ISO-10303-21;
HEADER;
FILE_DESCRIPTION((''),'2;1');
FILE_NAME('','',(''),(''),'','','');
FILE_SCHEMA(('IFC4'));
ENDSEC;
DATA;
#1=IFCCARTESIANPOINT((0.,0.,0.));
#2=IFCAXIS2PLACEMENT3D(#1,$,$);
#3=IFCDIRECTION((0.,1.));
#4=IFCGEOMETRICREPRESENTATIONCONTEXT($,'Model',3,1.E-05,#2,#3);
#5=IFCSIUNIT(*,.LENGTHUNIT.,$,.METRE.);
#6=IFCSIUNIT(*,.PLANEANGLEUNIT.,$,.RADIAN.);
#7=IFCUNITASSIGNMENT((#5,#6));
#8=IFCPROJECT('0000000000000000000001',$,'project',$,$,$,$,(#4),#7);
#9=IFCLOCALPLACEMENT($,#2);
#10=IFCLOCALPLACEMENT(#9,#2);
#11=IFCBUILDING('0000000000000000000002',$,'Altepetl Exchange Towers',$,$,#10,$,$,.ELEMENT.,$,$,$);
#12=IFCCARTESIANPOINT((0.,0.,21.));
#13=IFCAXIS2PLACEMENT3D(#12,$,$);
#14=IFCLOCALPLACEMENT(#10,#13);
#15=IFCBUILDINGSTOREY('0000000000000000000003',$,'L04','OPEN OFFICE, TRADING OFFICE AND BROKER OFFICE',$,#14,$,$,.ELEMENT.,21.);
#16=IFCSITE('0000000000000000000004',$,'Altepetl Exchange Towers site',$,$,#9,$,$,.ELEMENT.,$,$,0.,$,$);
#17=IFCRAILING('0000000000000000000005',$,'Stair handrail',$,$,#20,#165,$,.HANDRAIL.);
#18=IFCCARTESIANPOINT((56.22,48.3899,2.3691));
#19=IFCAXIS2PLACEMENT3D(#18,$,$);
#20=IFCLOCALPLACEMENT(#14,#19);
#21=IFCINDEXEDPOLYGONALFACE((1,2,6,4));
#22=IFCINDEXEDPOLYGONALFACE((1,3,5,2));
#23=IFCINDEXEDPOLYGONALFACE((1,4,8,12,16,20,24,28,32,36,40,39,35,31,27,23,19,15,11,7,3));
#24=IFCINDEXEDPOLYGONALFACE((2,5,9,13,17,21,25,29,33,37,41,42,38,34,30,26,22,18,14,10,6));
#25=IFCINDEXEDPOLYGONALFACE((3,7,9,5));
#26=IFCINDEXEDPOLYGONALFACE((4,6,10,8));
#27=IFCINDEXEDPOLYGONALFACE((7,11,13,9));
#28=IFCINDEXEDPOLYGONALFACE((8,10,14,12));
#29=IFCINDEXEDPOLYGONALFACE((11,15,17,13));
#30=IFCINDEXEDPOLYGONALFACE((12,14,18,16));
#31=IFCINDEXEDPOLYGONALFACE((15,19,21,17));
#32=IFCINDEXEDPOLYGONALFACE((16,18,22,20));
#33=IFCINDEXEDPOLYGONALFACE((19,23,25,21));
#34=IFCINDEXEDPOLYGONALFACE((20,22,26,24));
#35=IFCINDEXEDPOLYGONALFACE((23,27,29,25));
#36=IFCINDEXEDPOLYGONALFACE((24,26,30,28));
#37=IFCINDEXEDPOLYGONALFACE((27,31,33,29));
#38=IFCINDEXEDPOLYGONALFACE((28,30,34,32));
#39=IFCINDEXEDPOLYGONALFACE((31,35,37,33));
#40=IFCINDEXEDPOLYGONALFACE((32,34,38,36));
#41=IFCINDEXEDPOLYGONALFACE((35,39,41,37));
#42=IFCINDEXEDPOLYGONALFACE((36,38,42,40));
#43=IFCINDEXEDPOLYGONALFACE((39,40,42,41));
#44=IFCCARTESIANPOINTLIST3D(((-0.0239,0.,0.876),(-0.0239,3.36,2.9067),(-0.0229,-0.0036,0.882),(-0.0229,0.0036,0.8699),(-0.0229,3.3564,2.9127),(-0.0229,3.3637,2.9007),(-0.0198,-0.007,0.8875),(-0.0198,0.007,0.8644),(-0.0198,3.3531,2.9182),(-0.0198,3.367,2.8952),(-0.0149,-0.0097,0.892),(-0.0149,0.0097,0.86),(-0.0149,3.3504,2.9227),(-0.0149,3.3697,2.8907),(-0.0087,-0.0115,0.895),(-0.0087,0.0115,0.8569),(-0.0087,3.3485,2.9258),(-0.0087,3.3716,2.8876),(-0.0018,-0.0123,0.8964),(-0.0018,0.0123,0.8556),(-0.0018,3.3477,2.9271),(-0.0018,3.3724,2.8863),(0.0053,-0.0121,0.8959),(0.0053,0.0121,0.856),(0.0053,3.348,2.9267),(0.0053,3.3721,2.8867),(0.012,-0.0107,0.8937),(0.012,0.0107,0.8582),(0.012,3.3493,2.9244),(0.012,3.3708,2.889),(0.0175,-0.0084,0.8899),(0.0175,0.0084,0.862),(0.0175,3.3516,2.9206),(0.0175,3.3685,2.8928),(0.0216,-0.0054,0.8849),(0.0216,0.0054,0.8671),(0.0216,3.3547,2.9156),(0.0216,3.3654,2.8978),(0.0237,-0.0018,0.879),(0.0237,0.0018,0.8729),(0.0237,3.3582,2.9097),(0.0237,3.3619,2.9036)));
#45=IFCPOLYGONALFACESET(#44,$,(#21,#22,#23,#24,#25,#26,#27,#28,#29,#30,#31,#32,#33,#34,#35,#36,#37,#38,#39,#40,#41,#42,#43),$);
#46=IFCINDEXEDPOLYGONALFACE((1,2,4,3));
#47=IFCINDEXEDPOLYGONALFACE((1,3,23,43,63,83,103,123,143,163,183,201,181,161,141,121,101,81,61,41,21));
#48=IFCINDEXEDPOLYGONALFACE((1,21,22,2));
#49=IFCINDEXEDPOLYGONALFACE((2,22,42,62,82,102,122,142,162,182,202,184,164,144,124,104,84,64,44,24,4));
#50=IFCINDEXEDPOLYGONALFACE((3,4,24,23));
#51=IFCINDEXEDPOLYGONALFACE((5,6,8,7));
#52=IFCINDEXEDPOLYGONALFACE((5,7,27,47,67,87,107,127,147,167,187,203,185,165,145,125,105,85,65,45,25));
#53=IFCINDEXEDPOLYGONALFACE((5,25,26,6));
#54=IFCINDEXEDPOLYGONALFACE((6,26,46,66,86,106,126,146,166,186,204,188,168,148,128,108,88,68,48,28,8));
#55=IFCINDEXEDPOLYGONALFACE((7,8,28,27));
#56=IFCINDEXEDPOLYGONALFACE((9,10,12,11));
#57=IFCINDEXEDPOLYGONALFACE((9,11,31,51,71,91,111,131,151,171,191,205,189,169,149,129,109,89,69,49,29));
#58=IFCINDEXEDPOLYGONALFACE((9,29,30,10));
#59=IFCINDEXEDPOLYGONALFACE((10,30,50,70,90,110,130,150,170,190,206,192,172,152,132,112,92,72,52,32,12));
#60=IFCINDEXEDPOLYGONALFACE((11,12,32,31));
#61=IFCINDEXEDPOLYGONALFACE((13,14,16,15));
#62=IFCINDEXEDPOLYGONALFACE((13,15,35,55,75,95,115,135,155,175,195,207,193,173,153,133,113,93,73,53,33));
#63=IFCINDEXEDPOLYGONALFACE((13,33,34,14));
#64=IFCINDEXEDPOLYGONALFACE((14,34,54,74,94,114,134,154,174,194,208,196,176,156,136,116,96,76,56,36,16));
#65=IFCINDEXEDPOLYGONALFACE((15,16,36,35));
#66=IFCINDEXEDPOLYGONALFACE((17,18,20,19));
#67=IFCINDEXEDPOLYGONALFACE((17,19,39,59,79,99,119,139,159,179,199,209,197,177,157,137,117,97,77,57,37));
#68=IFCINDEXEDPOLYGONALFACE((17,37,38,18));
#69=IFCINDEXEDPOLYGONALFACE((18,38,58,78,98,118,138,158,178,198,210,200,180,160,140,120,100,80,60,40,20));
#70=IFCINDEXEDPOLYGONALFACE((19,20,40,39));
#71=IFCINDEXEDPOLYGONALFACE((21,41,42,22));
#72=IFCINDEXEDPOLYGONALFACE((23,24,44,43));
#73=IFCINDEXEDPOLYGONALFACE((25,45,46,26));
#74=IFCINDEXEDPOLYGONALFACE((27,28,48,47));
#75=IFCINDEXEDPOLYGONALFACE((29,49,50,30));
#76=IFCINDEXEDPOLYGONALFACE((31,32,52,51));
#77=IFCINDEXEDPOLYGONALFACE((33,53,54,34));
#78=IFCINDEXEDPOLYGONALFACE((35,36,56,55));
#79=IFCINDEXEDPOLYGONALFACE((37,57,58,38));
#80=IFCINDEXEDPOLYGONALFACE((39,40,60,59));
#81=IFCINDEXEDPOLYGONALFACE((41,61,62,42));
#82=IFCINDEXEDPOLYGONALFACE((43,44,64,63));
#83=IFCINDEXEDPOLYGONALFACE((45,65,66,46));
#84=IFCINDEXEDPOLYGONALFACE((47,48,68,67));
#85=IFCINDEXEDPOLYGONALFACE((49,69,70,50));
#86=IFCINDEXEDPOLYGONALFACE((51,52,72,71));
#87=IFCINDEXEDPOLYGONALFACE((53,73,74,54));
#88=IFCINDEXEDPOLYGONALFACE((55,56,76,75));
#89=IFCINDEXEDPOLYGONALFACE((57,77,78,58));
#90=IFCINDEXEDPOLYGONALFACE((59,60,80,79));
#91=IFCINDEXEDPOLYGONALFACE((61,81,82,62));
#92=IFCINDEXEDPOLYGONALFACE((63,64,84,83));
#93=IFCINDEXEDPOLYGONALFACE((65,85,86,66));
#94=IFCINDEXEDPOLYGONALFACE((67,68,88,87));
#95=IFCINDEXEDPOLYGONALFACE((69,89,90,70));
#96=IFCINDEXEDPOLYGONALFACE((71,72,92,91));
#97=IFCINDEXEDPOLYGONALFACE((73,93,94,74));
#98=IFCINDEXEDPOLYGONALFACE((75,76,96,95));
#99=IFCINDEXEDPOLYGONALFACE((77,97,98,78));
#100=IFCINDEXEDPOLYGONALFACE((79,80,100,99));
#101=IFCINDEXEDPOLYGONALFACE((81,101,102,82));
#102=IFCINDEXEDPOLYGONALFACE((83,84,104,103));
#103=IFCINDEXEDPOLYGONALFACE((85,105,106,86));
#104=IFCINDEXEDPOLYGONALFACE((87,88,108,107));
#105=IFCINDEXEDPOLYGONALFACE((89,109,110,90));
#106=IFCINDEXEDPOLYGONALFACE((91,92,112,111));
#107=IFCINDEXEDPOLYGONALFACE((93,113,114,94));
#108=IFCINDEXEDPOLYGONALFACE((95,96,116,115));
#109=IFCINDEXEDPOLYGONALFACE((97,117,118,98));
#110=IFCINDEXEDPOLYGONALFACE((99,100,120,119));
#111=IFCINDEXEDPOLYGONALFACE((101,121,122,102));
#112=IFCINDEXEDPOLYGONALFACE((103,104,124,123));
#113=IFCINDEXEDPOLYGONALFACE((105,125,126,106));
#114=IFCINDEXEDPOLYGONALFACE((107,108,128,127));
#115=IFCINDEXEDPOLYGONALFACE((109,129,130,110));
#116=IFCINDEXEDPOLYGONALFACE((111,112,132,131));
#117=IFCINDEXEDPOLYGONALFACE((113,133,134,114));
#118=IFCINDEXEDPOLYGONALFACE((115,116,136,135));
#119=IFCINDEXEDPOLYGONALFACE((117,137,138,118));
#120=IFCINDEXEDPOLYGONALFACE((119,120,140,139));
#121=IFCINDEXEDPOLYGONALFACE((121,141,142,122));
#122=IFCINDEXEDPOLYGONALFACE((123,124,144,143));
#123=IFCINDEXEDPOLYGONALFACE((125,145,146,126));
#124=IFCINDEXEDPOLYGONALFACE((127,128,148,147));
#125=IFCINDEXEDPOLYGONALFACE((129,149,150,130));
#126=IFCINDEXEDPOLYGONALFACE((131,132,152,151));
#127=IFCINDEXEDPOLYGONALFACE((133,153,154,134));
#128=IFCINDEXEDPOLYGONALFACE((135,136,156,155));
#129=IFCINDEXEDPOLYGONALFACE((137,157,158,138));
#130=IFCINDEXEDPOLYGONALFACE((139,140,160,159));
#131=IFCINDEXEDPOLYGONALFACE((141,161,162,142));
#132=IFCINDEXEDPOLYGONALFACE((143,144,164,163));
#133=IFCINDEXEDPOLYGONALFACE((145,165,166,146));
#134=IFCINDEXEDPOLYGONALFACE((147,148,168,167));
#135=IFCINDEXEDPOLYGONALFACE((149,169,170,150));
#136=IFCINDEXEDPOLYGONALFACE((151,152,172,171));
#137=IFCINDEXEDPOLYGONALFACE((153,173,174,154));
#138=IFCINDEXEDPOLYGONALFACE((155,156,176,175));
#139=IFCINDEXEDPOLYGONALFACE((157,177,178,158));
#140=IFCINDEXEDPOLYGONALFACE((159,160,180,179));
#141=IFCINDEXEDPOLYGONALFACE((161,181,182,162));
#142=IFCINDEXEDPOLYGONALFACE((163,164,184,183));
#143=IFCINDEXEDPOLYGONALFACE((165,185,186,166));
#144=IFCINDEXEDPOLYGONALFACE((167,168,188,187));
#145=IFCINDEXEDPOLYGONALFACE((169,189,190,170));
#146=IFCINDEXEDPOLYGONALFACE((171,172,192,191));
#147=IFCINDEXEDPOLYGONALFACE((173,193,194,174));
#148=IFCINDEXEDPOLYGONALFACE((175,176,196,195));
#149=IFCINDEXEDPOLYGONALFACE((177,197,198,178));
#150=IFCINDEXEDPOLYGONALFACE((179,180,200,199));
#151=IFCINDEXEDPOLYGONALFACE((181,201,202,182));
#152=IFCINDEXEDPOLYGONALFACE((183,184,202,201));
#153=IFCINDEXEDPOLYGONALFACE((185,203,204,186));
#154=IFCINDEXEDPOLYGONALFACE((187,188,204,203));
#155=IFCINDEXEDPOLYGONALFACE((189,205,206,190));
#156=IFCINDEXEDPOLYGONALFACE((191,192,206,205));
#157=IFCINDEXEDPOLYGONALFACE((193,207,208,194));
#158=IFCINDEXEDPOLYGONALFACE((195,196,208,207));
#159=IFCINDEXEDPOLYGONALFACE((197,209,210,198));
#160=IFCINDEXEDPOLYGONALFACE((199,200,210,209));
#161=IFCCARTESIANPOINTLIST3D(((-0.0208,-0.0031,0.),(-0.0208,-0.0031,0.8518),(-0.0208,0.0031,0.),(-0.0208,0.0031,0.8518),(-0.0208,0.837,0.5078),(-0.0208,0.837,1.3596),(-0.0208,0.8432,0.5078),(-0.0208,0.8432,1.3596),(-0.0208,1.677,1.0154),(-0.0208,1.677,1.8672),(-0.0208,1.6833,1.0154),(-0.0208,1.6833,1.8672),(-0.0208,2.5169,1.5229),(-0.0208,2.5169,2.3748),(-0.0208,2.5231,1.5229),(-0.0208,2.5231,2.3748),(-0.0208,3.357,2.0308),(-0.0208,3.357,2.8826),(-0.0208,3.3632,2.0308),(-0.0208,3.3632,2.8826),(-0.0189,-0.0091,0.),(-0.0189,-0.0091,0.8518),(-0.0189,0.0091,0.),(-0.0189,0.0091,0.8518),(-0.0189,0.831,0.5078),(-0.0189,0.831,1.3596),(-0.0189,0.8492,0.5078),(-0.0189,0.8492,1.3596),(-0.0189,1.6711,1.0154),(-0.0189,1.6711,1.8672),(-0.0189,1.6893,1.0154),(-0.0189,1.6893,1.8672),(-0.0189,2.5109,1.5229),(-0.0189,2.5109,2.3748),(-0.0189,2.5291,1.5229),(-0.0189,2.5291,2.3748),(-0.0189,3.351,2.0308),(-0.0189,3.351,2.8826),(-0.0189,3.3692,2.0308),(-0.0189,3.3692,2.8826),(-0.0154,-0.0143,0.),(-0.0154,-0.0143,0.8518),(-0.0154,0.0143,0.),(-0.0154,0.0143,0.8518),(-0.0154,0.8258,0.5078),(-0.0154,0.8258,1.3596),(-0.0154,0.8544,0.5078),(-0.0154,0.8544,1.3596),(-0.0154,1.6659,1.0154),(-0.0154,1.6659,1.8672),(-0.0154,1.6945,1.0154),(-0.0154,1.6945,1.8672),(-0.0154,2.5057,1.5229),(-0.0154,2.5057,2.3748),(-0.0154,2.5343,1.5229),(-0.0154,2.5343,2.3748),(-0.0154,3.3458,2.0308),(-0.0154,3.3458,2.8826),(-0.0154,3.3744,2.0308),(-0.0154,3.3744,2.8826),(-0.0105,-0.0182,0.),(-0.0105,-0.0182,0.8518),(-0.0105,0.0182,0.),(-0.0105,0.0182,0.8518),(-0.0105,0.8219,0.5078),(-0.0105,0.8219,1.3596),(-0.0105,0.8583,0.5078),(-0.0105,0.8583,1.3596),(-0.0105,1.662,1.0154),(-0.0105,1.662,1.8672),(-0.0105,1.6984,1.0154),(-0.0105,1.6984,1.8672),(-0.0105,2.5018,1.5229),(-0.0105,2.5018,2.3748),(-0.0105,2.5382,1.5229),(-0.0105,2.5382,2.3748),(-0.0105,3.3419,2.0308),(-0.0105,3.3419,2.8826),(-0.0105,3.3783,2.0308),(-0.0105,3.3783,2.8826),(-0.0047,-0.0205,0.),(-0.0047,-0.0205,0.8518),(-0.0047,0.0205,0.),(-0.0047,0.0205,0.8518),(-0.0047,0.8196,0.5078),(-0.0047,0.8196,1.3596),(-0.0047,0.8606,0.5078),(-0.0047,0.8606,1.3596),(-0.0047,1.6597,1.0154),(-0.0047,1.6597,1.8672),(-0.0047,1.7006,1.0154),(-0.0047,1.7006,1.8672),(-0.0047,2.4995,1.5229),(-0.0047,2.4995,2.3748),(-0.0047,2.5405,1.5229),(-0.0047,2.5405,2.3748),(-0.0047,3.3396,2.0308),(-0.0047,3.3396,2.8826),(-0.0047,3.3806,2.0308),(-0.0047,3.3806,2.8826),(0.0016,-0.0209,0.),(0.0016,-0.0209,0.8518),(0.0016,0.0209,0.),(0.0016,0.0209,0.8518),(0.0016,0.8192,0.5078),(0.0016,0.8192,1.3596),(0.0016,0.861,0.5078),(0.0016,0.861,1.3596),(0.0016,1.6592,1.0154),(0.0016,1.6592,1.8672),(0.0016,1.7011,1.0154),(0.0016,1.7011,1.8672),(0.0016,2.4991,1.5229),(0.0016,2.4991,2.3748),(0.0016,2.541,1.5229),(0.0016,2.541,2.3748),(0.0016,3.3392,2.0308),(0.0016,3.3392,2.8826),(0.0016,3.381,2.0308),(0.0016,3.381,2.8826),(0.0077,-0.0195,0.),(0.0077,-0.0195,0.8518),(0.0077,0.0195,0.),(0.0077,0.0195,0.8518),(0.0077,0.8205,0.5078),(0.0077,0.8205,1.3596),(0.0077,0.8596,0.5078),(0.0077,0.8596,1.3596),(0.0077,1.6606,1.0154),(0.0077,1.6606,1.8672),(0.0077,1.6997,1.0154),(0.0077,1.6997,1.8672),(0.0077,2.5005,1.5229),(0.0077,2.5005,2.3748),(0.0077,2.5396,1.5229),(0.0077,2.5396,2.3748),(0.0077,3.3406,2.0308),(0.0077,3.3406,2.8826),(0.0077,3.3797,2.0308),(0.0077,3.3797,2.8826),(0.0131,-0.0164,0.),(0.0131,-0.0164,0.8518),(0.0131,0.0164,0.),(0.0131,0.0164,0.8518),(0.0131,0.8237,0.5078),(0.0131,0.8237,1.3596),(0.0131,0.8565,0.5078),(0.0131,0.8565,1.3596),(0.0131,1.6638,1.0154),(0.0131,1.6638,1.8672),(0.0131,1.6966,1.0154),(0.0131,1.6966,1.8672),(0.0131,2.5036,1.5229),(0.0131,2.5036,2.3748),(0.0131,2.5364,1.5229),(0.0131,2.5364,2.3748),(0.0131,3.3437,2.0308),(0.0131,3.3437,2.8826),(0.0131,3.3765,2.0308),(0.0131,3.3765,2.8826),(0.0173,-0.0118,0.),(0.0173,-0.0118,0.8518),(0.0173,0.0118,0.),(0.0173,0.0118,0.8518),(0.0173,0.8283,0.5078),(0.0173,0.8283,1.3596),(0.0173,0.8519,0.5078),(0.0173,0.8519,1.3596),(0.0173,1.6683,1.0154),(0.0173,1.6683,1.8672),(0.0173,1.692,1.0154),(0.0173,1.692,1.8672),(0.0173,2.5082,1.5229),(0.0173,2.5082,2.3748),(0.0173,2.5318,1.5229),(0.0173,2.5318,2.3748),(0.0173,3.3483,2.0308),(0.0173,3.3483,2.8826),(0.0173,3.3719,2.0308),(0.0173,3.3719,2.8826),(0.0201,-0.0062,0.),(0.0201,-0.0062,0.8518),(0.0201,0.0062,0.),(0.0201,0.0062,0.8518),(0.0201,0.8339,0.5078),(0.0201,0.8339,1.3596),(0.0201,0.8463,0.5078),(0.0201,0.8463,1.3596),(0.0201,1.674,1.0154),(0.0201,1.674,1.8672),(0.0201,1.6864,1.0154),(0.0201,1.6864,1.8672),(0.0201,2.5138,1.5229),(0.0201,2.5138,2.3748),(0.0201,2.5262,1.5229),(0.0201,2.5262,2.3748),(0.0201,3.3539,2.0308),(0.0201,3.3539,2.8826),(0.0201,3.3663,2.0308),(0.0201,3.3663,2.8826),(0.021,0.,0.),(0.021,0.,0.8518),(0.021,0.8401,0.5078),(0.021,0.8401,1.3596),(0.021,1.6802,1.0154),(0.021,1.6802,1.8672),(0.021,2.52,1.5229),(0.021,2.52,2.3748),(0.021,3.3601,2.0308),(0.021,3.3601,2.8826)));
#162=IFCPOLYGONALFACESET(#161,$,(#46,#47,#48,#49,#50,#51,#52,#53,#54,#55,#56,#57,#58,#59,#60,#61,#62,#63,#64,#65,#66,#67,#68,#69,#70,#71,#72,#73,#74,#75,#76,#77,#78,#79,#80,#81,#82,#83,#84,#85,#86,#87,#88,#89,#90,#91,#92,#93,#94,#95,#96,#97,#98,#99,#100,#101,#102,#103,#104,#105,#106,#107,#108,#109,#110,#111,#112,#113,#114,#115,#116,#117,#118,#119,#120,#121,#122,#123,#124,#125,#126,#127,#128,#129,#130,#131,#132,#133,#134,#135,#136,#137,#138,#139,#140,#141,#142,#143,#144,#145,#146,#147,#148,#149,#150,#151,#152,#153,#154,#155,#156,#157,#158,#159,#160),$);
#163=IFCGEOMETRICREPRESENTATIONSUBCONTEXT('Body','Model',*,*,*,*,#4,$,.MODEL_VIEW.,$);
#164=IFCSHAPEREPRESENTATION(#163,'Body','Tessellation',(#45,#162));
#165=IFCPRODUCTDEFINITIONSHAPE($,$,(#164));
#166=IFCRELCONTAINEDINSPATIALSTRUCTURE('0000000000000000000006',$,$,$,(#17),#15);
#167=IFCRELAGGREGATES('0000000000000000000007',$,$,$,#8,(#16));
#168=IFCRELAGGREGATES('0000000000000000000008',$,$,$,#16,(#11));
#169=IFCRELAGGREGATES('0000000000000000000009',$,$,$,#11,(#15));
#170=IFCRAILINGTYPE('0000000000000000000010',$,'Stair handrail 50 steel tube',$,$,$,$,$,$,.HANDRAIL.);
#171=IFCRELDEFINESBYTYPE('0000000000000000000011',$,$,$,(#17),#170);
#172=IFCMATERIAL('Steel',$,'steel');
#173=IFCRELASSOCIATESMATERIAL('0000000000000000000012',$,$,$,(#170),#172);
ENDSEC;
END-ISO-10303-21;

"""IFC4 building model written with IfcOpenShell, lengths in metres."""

from ifc_helpers import new_model, si_unit, direction, frame, origin, origin_2d, place, context, subcontext, project, spatial, circle, extrude, source, transform, mapped, material, type_object, element, save


model = new_model("IFC4")

# Units and contexts
model_context = context("Model", 3, precision=1e-05, world=origin(), true_north=direction((0.0, 1.0)))
body_context = subcontext(model_context, "Body", "Model", "MODEL_VIEW")
ifc_project = project(units=[si_unit("LENGTHUNIT", "METRE"), si_unit("PLANEANGLEUNIT", "RADIAN")], contexts=[model_context])

# Site, building, storey
site_placement = place(None, origin())
site = spatial("IfcSite", under=ifc_project, at=site_placement, Name="Altepetl Exchange Towers site", CompositionType="ELEMENT", RefElevation=0.0)
building_placement = place(site_placement, origin())
building = spatial("IfcBuilding", under=site, at=building_placement, Name="Altepetl Exchange Towers", CompositionType="ELEMENT")
storey_placement = place(building_placement, frame((0.0, 0.0, 21.0)))
storey = spatial("IfcBuildingStorey", under=building, at=storey_placement, Name="L04", Description="OPEN OFFICE, TRADING OFFICE AND BROKER OFFICE", CompositionType="ELEMENT", Elevation=21.0)

# Railing
ifc_material_1 = material(Name="Steel", Category="steel")
railing_type = type_object("IfcRailingType", Name="Stair handrail 50 steel tube", PredefinedType="HANDRAIL", material=ifc_material_1)
shared_shape = source(origin(), body_context, "Body", "SweptSolid", [
    extrude(circle(Radius=0.021, at=origin_2d()), origin(), (0.0, 0.0, 1.0), 0.8518),
])
railing_1_placement = place(storey_placement, frame((56.22, 48.3899, 2.3691)))
element("IfcRailing", 1, at=railing_1_placement, inside=storey, type_object=railing_type, Name="Stair handrail", PredefinedType="HANDRAIL", context=body_context, shape_type="SweptSolid", body=[
    extrude(circle(Radius=0.0239, at=origin_2d()), frame((0.0, 0.0, 0.876), z_axis=(0.0, 0.855837, 0.517246), x_axis=(-1.0, 0.0, 0.0)), (0.0, 0.0, 1.0), 3.926),
    mapped(shared_shape, transform((0.0, 0.0, 0.0))),
    mapped(shared_shape, transform((0.0, 0.8401, 0.5078))),
    mapped(shared_shape, transform((0.0, 1.6802, 1.0154))),
    mapped(shared_shape, transform((0.0, 2.52, 1.5229))),
    mapped(shared_shape, transform((0.0, 3.3601, 2.0308))),
])

save(model, "model.ifc")
